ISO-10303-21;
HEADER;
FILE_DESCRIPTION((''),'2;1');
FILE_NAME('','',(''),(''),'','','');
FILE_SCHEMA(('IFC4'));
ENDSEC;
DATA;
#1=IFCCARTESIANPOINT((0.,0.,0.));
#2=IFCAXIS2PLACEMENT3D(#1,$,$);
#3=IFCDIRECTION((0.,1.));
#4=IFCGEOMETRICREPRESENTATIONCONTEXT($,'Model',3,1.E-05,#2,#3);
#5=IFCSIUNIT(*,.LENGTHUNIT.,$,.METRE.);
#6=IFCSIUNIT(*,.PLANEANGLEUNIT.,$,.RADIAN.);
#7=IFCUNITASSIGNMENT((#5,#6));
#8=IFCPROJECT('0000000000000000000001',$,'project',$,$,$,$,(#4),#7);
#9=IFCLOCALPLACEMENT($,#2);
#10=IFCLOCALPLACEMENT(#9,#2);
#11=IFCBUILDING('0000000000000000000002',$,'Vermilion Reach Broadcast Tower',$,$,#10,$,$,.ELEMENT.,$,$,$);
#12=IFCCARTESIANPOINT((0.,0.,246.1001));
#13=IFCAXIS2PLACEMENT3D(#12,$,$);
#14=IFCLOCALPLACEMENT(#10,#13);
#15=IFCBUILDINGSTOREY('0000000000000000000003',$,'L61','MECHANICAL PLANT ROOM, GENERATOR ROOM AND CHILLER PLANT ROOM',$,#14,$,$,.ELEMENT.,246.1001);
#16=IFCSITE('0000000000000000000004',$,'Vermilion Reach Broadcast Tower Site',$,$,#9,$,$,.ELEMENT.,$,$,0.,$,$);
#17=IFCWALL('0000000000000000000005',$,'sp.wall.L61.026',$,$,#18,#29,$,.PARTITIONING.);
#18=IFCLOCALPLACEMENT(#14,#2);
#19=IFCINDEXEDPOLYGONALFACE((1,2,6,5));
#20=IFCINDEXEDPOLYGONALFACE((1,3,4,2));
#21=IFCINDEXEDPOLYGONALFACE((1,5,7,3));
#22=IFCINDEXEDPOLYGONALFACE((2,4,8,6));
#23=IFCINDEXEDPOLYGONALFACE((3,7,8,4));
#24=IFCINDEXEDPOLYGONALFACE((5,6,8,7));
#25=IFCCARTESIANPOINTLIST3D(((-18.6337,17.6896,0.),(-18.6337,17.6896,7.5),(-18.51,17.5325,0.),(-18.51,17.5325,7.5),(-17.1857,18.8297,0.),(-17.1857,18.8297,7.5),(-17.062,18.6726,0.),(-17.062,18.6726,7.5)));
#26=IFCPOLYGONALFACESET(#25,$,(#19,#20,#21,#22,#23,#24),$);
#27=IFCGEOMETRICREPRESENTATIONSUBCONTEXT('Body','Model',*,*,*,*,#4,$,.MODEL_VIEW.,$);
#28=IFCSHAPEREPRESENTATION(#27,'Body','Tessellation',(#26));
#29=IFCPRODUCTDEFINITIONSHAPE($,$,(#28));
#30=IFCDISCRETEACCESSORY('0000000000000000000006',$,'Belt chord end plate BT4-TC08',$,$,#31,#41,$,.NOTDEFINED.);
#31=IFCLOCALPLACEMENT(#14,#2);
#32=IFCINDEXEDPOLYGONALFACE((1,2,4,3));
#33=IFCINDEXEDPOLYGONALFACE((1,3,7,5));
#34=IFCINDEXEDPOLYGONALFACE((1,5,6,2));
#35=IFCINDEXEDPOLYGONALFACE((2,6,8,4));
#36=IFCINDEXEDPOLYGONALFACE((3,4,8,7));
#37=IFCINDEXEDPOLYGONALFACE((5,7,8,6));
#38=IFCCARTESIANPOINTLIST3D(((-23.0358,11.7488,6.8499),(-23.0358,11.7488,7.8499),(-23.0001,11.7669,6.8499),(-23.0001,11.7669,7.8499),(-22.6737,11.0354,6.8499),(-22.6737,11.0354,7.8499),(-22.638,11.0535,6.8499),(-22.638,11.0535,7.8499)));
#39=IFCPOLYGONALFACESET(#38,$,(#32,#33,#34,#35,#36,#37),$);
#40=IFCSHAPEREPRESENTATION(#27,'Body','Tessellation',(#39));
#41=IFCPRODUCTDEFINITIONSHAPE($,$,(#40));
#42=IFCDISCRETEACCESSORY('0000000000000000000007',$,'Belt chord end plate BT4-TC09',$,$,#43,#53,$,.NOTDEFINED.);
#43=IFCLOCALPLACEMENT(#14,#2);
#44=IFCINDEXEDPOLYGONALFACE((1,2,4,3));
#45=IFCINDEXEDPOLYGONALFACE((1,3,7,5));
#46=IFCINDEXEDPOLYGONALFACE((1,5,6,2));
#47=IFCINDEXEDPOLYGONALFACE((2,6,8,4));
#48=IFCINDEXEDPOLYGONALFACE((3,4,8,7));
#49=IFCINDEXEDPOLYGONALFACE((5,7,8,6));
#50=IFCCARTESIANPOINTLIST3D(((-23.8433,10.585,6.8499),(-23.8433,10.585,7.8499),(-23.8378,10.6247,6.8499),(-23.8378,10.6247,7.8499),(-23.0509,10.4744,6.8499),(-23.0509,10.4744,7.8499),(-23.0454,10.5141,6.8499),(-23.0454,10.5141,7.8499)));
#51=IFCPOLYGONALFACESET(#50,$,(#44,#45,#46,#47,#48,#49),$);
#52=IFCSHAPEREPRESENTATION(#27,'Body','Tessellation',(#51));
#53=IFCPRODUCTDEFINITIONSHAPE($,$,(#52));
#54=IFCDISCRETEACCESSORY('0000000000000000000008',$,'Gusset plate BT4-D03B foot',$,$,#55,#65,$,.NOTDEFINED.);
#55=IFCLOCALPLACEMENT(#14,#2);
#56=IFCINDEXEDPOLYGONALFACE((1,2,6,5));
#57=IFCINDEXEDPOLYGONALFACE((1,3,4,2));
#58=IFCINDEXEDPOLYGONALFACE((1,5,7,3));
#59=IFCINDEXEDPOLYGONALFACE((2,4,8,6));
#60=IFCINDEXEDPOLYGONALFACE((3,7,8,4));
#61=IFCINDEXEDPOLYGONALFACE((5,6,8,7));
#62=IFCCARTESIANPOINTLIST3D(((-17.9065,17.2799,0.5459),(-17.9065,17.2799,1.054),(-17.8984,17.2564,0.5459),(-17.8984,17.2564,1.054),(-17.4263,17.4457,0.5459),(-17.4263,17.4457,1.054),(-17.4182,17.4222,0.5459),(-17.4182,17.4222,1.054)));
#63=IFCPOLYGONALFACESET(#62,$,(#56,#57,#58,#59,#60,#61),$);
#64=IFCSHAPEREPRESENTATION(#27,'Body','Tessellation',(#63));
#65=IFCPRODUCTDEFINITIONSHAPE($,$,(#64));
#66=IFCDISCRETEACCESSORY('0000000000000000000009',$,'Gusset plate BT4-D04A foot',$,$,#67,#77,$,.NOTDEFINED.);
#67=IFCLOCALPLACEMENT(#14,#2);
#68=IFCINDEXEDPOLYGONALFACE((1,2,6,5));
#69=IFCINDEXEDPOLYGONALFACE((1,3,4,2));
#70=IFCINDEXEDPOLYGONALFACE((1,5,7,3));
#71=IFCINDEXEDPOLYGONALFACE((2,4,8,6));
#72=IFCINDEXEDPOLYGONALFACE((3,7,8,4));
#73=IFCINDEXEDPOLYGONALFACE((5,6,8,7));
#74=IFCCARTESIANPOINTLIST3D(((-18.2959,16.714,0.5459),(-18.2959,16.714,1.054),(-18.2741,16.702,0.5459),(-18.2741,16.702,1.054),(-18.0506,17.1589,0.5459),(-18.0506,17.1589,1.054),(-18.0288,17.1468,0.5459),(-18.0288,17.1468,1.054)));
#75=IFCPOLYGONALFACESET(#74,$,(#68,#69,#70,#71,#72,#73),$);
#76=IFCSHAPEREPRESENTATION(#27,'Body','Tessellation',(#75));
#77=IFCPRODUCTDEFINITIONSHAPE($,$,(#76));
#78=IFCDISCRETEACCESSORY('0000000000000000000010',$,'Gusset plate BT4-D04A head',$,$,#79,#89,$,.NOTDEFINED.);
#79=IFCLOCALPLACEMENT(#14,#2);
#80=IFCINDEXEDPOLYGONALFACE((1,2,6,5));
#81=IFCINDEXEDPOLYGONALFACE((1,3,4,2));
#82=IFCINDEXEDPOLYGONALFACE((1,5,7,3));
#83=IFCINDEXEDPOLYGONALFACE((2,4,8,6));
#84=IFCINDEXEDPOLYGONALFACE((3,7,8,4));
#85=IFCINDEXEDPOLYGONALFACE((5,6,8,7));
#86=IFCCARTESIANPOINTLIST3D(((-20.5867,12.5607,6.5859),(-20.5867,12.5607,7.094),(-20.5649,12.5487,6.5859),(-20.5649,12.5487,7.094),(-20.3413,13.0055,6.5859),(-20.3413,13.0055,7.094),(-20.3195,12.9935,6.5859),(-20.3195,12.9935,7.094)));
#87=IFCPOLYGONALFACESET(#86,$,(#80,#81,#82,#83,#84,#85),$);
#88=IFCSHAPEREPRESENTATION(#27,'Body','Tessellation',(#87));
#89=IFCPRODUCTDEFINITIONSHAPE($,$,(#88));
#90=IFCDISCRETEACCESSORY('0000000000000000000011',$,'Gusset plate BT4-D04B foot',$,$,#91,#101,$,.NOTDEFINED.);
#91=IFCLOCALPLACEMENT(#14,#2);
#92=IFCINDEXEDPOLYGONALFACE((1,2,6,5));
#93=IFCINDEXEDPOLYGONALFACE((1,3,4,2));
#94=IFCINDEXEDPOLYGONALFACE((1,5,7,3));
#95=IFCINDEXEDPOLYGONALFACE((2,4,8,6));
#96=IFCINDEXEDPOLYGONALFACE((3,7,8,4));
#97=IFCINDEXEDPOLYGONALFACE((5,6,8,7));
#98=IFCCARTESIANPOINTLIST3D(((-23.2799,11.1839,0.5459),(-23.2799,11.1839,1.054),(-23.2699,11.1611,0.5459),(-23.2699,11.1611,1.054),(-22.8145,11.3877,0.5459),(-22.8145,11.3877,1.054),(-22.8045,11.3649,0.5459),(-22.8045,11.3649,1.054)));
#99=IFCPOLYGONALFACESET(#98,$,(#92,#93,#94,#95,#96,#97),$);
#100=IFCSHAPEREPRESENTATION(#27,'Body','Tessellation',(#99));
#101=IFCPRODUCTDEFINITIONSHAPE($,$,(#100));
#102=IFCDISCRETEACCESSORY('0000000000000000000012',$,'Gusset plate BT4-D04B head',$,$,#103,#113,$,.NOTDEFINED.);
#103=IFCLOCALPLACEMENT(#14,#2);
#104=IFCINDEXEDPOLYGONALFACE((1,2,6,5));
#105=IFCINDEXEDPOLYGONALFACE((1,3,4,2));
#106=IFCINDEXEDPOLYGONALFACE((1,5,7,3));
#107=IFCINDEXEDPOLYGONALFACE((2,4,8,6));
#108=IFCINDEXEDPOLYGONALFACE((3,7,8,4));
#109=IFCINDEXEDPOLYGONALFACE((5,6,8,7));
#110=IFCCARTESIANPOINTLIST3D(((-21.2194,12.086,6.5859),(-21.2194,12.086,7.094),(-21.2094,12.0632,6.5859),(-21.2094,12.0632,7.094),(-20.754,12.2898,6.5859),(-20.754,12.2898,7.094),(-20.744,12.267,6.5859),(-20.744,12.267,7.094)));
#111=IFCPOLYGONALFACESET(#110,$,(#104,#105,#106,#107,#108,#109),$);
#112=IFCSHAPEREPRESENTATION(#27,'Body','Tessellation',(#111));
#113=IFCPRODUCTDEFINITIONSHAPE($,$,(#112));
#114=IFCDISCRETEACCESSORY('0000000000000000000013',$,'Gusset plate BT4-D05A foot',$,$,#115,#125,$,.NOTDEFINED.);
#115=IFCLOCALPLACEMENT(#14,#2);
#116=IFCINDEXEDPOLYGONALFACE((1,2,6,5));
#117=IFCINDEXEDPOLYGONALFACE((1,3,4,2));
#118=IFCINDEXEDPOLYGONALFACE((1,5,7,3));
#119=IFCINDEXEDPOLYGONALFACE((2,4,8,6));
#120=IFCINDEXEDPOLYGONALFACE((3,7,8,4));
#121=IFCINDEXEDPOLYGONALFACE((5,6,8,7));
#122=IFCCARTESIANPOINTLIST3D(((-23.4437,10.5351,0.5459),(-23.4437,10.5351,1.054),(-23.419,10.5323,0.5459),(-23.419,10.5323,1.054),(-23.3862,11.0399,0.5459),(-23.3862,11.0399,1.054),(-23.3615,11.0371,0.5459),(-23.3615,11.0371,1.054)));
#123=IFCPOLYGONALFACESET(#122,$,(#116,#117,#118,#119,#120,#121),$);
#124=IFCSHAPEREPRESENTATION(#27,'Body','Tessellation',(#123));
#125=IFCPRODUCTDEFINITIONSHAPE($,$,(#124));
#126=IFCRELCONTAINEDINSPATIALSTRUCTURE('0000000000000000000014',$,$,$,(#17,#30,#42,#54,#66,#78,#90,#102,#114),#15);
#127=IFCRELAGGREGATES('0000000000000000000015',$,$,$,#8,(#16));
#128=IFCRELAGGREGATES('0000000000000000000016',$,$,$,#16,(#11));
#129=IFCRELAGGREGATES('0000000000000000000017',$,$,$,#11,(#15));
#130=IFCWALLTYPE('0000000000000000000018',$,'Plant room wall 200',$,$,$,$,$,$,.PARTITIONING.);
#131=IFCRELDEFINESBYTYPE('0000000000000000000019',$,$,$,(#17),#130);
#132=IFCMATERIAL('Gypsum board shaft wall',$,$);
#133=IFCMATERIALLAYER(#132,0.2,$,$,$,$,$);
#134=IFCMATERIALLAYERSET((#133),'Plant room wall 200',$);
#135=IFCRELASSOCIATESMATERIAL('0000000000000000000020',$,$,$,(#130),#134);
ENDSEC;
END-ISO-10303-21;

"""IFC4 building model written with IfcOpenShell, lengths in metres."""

from ifc_helpers import new_model, si_unit, direction, frame, frame_2d, origin, origin_2d, place, context, subcontext, project, spatial, rectangle, extrude, material, layer, layer_set, type_object, element, save


model = new_model("IFC4")

# Units and contexts
model_context = context("Model", 3, precision=1e-05, world=origin(), true_north=direction((0.0, 1.0)))
body_context = subcontext(model_context, "Body", "Model", "MODEL_VIEW")
ifc_project = project(units=[si_unit("LENGTHUNIT", "METRE"), si_unit("PLANEANGLEUNIT", "RADIAN")], contexts=[model_context])

# Site, building, storey
site_placement = place(None, origin())
site = spatial("IfcSite", under=ifc_project, at=site_placement, Name="Vermilion Reach Broadcast Tower Site", CompositionType="ELEMENT", RefElevation=0.0)
building_placement = place(site_placement, origin())
building = spatial("IfcBuilding", under=site, at=building_placement, Name="Vermilion Reach Broadcast Tower", CompositionType="ELEMENT")
storey_placement = place(building_placement, frame((0.0, 0.0, 246.1001)))
storey = spatial("IfcBuildingStorey", under=building, at=storey_placement, Name="L61", Description="MECHANICAL PLANT ROOM, GENERATOR ROOM AND CHILLER PLANT ROOM", CompositionType="ELEMENT", Elevation=246.1001)

# Shared definitions
ifc_material_1 = material(Name="Gypsum board shaft wall")
ifc_layer = layer(ifc_material_1, 0.2)
ifc_layer_set = layer_set([ifc_layer], Name="Plant room wall 200")
wall_type = type_object("IfcWallType", Name="Plant room wall 200", PredefinedType="PARTITIONING", material=ifc_layer_set)

# Wall
wall_1_placement = place(storey_placement, frame((-18.5718, 17.6111, 0.0), z_axis=(0.0, 0.0, 1.0), x_axis=(0.785679, 0.618634, 0.0)))
element("IfcWall", 1, at=wall_1_placement, inside=storey, type_object=wall_type, Name="sp.wall.L61.026", PredefinedType="PARTITIONING", context=body_context, shape_type="SweptSolid", body=[
    extrude(rectangle(XDim=1.843, YDim=0.2, at=frame_2d((0.9214, 0.0))), origin(), (0.0, 0.0, 1.0), 7.5),
])

# Discrete accessories
for number, where, z_axis, x_axis, name in (
    (2, (-22.8369, 11.4011, 6.8499), (0.0, 0.0, 1.0), (-0.891683, -0.45266, 0.0), "Belt chord end plate BT4-TC08"),
    (3, (-23.4443, 10.5496, 6.8499), (0.0, 0.0, 1.0), (0.138227, 0.990401, 0.0), "Belt chord end plate BT4-TC09"),
):
    element("IfcDiscreteAccessory", number, at=place(storey_placement, frame(where, z_axis=z_axis, x_axis=x_axis)), inside=storey, Name=name, PredefinedType="NOTDEFINED", context=body_context, shape_type="SweptSolid", body=[
        extrude(rectangle(XDim=0.04, YDim=0.8, at=origin_2d()), origin(), (0.0, 0.0, 1.0), 1.0),
    ])
for number, where, z_axis, x_axis, name in (
    (4, (-17.6624, 17.3511, 0.5459), (0.0, 0.0, 1.0), (-0.326331, 0.945256, 0.0), "Gusset plate BT4-D03B foot"),
    (5, (-18.1624, 16.9304, 0.5459), (0.0, 0.0, 1.0), (0.875626, -0.48299, 0.0), "Gusset plate BT4-D04A foot"),
    (6, (-20.4531, 12.7771, 6.5859), (0.0, 0.0, 1.0), (0.875626, -0.48299, 0.0), "Gusset plate BT4-D04A head"),
    (7, (-23.0422, 11.2744, 0.5459), (0.0, 0.0, 1.0), (-0.401095, 0.916036, 0.0), "Gusset plate BT4-D04B foot"),
    (8, (-20.9817, 12.1765, 6.5859), (0.0, 0.0, 1.0), (-0.401095, 0.916036, 0.0), "Gusset plate BT4-D04B head"),
    (9, (-23.4026, 10.7861, 0.5459), (0.0, 0.0, 1.0), (0.993569, -0.113229, 0.0), "Gusset plate BT4-D05A foot"),
):
    element("IfcDiscreteAccessory", number, at=place(storey_placement, frame(where, z_axis=z_axis, x_axis=x_axis)), inside=storey, Name=name, PredefinedType="NOTDEFINED", context=body_context, shape_type="SweptSolid", body=[
        extrude(rectangle(XDim=0.0249, YDim=0.5081, at=origin_2d()), origin(), (0.0, 0.0, 1.0), 0.5081),
    ])

save(model, "model.ifc")
